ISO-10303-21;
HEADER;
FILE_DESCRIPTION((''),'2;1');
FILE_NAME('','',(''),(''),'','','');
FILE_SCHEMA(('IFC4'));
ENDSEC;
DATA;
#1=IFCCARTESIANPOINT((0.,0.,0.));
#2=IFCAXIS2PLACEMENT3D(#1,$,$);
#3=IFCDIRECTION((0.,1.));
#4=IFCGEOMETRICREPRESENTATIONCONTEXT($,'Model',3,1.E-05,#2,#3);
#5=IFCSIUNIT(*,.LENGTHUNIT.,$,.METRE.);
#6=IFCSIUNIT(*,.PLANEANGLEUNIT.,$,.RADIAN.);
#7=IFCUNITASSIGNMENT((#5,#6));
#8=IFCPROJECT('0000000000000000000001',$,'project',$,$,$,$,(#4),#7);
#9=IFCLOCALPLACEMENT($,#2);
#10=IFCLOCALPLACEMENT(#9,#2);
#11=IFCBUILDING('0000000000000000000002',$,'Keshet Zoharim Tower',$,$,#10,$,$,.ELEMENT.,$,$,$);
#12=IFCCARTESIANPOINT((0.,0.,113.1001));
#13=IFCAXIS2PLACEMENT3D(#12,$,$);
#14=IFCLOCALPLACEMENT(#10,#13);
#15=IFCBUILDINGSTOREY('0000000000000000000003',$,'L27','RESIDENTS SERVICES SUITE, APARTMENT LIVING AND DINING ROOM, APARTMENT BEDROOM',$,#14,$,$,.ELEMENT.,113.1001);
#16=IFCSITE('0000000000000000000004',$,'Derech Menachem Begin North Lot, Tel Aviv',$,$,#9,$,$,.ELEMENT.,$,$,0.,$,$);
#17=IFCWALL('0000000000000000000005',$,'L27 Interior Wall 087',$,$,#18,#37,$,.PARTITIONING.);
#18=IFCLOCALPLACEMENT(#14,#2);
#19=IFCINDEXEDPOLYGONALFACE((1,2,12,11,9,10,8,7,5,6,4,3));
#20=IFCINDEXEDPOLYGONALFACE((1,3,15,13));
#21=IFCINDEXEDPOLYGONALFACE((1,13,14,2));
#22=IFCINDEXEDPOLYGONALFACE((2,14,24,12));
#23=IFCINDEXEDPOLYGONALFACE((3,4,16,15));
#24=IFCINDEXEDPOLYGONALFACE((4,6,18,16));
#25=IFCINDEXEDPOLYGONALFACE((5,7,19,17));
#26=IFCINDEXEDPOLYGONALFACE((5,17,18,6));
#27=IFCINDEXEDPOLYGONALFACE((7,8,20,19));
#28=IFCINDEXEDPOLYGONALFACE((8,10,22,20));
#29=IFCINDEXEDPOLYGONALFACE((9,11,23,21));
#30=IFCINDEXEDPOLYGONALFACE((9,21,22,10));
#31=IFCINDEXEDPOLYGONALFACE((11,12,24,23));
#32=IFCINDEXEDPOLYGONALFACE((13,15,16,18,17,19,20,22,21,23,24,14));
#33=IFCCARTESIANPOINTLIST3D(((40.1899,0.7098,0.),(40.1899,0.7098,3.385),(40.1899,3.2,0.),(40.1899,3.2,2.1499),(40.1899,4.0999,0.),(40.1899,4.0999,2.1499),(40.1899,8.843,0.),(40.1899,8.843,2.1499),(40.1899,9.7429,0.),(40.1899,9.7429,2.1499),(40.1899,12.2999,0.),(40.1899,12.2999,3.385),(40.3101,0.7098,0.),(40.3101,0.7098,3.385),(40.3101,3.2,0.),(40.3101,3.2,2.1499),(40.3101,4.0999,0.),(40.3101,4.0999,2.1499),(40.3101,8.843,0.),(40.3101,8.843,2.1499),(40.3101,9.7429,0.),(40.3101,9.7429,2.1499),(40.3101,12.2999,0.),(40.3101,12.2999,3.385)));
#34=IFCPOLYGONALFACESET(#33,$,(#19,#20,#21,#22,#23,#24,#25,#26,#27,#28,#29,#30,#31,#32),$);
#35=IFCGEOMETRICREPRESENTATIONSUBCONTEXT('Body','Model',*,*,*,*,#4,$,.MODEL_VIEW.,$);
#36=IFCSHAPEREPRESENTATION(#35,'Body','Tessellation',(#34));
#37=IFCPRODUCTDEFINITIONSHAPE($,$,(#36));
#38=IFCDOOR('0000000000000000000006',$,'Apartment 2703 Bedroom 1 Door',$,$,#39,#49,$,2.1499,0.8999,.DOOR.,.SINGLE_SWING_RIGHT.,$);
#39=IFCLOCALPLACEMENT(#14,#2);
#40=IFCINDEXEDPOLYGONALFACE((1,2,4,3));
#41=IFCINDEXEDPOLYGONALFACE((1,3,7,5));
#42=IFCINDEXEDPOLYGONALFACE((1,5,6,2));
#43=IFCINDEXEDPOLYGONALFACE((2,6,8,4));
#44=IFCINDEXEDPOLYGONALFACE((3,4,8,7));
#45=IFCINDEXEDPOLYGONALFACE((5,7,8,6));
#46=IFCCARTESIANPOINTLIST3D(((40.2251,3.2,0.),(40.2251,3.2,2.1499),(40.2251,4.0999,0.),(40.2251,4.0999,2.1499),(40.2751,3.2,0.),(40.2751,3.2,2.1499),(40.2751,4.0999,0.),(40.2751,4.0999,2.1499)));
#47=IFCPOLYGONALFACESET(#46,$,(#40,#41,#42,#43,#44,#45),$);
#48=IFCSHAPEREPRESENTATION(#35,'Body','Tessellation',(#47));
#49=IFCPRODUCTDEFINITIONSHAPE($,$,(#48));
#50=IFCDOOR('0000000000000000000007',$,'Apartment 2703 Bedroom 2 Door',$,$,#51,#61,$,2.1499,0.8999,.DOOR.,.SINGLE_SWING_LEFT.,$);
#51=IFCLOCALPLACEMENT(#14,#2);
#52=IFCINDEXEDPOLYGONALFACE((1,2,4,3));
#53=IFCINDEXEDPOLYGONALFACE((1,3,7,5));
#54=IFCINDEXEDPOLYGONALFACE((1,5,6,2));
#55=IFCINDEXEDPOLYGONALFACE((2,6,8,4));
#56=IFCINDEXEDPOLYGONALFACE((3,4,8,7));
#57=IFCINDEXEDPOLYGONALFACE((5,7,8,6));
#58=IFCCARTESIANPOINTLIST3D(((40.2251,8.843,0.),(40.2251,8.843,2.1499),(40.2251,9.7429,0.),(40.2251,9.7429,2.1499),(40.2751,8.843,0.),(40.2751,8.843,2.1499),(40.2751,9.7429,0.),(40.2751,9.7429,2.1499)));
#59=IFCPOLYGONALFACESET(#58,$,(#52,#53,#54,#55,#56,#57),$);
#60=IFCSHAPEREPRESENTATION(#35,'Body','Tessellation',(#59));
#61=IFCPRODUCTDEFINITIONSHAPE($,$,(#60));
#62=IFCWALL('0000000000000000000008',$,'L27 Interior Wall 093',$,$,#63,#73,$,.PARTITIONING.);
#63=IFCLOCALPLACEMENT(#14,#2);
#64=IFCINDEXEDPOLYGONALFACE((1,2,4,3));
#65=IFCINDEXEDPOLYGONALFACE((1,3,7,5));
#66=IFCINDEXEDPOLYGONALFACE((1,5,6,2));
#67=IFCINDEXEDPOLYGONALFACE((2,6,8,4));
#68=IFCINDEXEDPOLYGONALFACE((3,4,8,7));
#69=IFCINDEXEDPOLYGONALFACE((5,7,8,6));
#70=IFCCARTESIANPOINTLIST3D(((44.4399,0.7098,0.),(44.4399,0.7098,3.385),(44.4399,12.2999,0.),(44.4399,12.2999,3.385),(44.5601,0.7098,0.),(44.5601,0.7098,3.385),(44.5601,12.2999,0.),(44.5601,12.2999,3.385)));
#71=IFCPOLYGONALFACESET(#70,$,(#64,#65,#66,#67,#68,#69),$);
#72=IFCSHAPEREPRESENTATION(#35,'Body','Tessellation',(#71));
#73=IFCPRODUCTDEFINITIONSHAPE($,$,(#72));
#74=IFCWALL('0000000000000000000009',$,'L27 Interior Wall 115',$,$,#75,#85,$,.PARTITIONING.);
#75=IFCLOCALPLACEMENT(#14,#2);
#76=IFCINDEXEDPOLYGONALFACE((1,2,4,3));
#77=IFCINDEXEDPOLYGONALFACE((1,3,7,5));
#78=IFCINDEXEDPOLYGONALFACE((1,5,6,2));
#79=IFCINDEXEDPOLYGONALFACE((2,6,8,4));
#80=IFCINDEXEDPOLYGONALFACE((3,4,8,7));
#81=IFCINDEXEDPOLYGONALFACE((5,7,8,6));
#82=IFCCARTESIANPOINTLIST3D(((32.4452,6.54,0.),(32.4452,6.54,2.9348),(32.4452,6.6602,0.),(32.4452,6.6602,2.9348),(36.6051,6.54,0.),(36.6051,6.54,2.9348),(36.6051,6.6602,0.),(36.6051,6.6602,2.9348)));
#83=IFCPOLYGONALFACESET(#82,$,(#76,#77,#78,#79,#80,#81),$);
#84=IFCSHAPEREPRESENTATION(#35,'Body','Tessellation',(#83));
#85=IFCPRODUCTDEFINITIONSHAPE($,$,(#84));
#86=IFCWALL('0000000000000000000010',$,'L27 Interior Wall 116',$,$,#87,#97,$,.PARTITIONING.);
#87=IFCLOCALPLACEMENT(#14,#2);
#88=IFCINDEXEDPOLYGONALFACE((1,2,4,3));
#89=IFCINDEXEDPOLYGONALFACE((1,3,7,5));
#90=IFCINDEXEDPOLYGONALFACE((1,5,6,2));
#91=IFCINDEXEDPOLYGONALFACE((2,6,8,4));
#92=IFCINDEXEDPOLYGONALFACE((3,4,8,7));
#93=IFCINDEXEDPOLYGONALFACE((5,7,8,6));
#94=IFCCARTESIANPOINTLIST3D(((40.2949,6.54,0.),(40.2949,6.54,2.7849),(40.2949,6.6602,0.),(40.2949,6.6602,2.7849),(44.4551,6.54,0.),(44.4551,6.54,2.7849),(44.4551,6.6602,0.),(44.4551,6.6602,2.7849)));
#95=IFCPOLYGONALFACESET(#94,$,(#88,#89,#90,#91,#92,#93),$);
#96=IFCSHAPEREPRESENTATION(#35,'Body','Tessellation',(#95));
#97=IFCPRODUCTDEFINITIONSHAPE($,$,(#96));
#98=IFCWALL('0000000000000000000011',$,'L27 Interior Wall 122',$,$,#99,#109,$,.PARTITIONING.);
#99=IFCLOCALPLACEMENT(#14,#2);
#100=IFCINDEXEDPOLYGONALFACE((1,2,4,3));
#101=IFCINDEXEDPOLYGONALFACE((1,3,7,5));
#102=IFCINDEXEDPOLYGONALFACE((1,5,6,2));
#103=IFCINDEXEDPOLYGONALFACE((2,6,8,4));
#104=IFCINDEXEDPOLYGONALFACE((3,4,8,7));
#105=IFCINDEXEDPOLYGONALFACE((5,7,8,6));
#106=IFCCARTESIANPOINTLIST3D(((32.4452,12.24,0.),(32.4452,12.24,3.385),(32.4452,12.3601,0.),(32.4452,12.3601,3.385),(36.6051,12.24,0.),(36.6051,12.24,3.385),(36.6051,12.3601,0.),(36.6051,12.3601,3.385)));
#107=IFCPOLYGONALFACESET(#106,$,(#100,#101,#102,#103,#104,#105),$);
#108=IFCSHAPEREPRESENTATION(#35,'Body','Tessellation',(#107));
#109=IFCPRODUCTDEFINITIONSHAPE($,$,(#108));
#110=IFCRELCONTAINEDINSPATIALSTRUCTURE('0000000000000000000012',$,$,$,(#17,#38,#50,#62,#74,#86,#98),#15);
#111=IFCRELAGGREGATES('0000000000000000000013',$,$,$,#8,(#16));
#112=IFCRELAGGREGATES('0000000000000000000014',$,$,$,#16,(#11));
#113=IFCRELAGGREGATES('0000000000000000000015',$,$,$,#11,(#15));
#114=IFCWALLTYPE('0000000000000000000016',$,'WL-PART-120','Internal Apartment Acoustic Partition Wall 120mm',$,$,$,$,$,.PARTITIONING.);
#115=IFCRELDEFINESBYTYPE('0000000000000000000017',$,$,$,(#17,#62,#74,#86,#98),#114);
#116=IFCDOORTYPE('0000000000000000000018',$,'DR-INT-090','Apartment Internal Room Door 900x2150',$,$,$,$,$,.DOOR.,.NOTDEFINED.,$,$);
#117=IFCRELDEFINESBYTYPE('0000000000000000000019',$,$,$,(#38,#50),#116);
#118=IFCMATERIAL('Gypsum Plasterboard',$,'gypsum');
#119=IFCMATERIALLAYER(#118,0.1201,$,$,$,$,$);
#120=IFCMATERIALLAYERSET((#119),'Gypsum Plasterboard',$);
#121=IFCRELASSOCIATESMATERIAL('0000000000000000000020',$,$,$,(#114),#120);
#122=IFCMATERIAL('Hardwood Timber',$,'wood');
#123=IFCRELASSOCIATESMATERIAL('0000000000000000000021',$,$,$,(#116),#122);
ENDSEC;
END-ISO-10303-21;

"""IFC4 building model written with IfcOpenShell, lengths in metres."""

from ifc_helpers import new_model, si_unit, direction, frame, frame_2d, origin, place, context, subcontext, project, spatial, rectangle, extrude, material, layer, layer_set, type_object, element, fill, save


model = new_model("IFC4")

# Units and contexts
model_context = context("Model", 3, precision=1e-05, world=origin(), true_north=direction((0.0, 1.0)))
body_context = subcontext(model_context, "Body", "Model", "MODEL_VIEW")
ifc_project = project(units=[si_unit("LENGTHUNIT", "METRE"), si_unit("PLANEANGLEUNIT", "RADIAN")], contexts=[model_context])

# Site, building, storey
site_placement = place(None, origin())
site = spatial("IfcSite", under=ifc_project, at=site_placement, Name="Derech Menachem Begin North Lot, Tel Aviv", CompositionType="ELEMENT", RefElevation=0.0)
building_placement = place(site_placement, origin())
building = spatial("IfcBuilding", under=site, at=building_placement, Name="Keshet Zoharim Tower", CompositionType="ELEMENT")
storey_placement = place(building_placement, frame((0.0, 0.0, 113.1001)))
storey = spatial("IfcBuildingStorey", under=building, at=storey_placement, Name="L27", Description="RESIDENTS SERVICES SUITE, APARTMENT LIVING AND DINING ROOM, APARTMENT BEDROOM", CompositionType="ELEMENT", Elevation=113.1001)

# Shared definitions
ifc_material_1 = material(Name="Gypsum Plasterboard", Category="gypsum")
ifc_layer_1 = layer(ifc_material_1, 0.1201)
ifc_layer_set_1 = layer_set([ifc_layer_1], Name="Gypsum Plasterboard")
wall_type = type_object("IfcWallType", Name="WL-PART-120", Description="Internal Apartment Acoustic Partition Wall 120mm", PredefinedType="PARTITIONING", material=ifc_layer_set_1)

# Shared definitions
ifc_material_2 = material(Name="Hardwood Timber", Category="wood")
door_type = type_object("IfcDoorType", Name="DR-INT-090", Description="Apartment Internal Room Door 900x2150", OperationType="NOTDEFINED", PredefinedType="DOOR", material=ifc_material_2)

# Wall, openings, doors
wall_1_placement = place(storey_placement, frame((40.25, 0.71, 0.0), z_axis=(0.0, 0.0, 1.0), x_axis=(0.0, 1.0, 0.0)))
wall_1 = element("IfcWall", 1, at=wall_1_placement, inside=storey, type_object=wall_type, Name="L27 Interior Wall 087", PredefinedType="PARTITIONING", context=body_context, shape_type="SweptSolid", body=[
    extrude(rectangle(XDim=11.5901, YDim=0.1201, at=frame_2d((5.7949, 0.0))), origin(), (0.0, 0.0, 1.0), 3.385),
])
opening_1_placement = place(wall_1_placement, frame((2.49, 0.0, 0.0)))
opening_1 = element("IfcOpeningElement", 2, at=opening_1_placement, cuts=wall_1, PredefinedType="OPENING", context=body_context, shape_type="SweptSolid", body=[
    extrude(rectangle(XDim=0.8999, YDim=2.1499, at=frame_2d((0.45, 1.075))), frame((0.0, 0.0701, 0.0), z_axis=(0.0, -1.0, 0.0), x_axis=(1.0, 0.0, 0.0)), (0.0, 0.0, 1.0), 0.1401),
])
opening_2_placement = place(wall_1_placement, frame((8.1331, 0.0, 0.0)))
opening_2 = element("IfcOpeningElement", 3, at=opening_2_placement, cuts=wall_1, PredefinedType="OPENING", context=body_context, shape_type="SweptSolid", body=[
    extrude(rectangle(XDim=0.8999, YDim=2.1499, at=frame_2d((0.45, 1.075))), frame((0.0, 0.0701, 0.0), z_axis=(0.0, -1.0, 0.0), x_axis=(1.0, 0.0, 0.0)), (0.0, 0.0, 1.0), 0.1401),
])
door_1_placement = place(opening_1_placement, origin())
door_1 = element("IfcDoor", 4, at=door_1_placement, inside=storey, type_object=door_type, Name="Apartment 2703 Bedroom 1 Door", OperationType="SINGLE_SWING_RIGHT", OverallHeight=2.1499, OverallWidth=0.8999, PredefinedType="DOOR", context=body_context, shape_type="SweptSolid", body=[
    extrude(rectangle(XDim=0.8999, YDim=2.1499, at=frame_2d((0.45, 1.075))), frame((0.0, 0.0249, 0.0), z_axis=(0.0, -1.0, 0.0), x_axis=(1.0, 0.0, 0.0)), (0.0, 0.0, 1.0), 0.05),
])
fill(opening_1, door_1)
door_2_placement = place(opening_2_placement, origin())
door_2 = element("IfcDoor", 5, at=door_2_placement, inside=storey, type_object=door_type, Name="Apartment 2703 Bedroom 2 Door", OperationType="SINGLE_SWING_LEFT", OverallHeight=2.1499, OverallWidth=0.8999, PredefinedType="DOOR", context=body_context, shape_type="SweptSolid", body=[
    extrude(rectangle(XDim=0.8999, YDim=2.1499, at=frame_2d((0.45, 1.075))), frame((0.0, 0.0249, 0.0), z_axis=(0.0, -1.0, 0.0), x_axis=(1.0, 0.0, 0.0)), (0.0, 0.0, 1.0), 0.05),
])
fill(opening_2, door_2)

# Walls
wall_2_placement = place(storey_placement, frame((44.5, 0.71, 0.0), z_axis=(0.0, 0.0, 1.0), x_axis=(0.0, 1.0, 0.0)))
element("IfcWall", 6, at=wall_2_placement, inside=storey, type_object=wall_type, Name="L27 Interior Wall 093", PredefinedType="PARTITIONING", context=body_context, shape_type="SweptSolid", body=[
    extrude(rectangle(XDim=11.5901, YDim=0.1201, at=frame_2d((5.7949, 0.0))), origin(), (0.0, 0.0, 1.0), 3.385),
])
wall_3_placement = place(storey_placement, frame((32.4451, 6.6001, 0.0), z_axis=(0.0, 0.0, 1.0), x_axis=(1.0, 0.0, 0.0)))
element("IfcWall", 7, at=wall_3_placement, inside=storey, type_object=wall_type, Name="L27 Interior Wall 115", PredefinedType="PARTITIONING", context=body_context, shape_type="SweptSolid", body=[
    extrude(rectangle(XDim=4.1599, YDim=0.1201, at=frame_2d((2.0801, 0.0))), origin(), (0.0, 0.0, 1.0), 2.9348),
])
wall_4_placement = place(storey_placement, frame((40.2949, 6.6001, 0.0), z_axis=(0.0, 0.0, 1.0), x_axis=(1.0, 0.0, 0.0)))
element("IfcWall", 8, at=wall_4_placement, inside=storey, type_object=wall_type, Name="L27 Interior Wall 116", PredefinedType="PARTITIONING", context=body_context, shape_type="SweptSolid", body=[
    extrude(rectangle(XDim=4.1602, YDim=0.1201, at=frame_2d((2.0801, 0.0))), origin(), (0.0, 0.0, 1.0), 2.7849),
])
wall_5_placement = place(storey_placement, frame((32.4451, 12.3, 0.0), z_axis=(0.0, 0.0, 1.0), x_axis=(1.0, 0.0, 0.0)))
element("IfcWall", 9, at=wall_5_placement, inside=storey, type_object=wall_type, Name="L27 Interior Wall 122", PredefinedType="PARTITIONING", context=body_context, shape_type="SweptSolid", body=[
    extrude(rectangle(XDim=4.1599, YDim=0.1201, at=frame_2d((2.0801, 0.0))), origin(), (0.0, 0.0, 1.0), 3.385),
])

save(model, "model.ifc")
